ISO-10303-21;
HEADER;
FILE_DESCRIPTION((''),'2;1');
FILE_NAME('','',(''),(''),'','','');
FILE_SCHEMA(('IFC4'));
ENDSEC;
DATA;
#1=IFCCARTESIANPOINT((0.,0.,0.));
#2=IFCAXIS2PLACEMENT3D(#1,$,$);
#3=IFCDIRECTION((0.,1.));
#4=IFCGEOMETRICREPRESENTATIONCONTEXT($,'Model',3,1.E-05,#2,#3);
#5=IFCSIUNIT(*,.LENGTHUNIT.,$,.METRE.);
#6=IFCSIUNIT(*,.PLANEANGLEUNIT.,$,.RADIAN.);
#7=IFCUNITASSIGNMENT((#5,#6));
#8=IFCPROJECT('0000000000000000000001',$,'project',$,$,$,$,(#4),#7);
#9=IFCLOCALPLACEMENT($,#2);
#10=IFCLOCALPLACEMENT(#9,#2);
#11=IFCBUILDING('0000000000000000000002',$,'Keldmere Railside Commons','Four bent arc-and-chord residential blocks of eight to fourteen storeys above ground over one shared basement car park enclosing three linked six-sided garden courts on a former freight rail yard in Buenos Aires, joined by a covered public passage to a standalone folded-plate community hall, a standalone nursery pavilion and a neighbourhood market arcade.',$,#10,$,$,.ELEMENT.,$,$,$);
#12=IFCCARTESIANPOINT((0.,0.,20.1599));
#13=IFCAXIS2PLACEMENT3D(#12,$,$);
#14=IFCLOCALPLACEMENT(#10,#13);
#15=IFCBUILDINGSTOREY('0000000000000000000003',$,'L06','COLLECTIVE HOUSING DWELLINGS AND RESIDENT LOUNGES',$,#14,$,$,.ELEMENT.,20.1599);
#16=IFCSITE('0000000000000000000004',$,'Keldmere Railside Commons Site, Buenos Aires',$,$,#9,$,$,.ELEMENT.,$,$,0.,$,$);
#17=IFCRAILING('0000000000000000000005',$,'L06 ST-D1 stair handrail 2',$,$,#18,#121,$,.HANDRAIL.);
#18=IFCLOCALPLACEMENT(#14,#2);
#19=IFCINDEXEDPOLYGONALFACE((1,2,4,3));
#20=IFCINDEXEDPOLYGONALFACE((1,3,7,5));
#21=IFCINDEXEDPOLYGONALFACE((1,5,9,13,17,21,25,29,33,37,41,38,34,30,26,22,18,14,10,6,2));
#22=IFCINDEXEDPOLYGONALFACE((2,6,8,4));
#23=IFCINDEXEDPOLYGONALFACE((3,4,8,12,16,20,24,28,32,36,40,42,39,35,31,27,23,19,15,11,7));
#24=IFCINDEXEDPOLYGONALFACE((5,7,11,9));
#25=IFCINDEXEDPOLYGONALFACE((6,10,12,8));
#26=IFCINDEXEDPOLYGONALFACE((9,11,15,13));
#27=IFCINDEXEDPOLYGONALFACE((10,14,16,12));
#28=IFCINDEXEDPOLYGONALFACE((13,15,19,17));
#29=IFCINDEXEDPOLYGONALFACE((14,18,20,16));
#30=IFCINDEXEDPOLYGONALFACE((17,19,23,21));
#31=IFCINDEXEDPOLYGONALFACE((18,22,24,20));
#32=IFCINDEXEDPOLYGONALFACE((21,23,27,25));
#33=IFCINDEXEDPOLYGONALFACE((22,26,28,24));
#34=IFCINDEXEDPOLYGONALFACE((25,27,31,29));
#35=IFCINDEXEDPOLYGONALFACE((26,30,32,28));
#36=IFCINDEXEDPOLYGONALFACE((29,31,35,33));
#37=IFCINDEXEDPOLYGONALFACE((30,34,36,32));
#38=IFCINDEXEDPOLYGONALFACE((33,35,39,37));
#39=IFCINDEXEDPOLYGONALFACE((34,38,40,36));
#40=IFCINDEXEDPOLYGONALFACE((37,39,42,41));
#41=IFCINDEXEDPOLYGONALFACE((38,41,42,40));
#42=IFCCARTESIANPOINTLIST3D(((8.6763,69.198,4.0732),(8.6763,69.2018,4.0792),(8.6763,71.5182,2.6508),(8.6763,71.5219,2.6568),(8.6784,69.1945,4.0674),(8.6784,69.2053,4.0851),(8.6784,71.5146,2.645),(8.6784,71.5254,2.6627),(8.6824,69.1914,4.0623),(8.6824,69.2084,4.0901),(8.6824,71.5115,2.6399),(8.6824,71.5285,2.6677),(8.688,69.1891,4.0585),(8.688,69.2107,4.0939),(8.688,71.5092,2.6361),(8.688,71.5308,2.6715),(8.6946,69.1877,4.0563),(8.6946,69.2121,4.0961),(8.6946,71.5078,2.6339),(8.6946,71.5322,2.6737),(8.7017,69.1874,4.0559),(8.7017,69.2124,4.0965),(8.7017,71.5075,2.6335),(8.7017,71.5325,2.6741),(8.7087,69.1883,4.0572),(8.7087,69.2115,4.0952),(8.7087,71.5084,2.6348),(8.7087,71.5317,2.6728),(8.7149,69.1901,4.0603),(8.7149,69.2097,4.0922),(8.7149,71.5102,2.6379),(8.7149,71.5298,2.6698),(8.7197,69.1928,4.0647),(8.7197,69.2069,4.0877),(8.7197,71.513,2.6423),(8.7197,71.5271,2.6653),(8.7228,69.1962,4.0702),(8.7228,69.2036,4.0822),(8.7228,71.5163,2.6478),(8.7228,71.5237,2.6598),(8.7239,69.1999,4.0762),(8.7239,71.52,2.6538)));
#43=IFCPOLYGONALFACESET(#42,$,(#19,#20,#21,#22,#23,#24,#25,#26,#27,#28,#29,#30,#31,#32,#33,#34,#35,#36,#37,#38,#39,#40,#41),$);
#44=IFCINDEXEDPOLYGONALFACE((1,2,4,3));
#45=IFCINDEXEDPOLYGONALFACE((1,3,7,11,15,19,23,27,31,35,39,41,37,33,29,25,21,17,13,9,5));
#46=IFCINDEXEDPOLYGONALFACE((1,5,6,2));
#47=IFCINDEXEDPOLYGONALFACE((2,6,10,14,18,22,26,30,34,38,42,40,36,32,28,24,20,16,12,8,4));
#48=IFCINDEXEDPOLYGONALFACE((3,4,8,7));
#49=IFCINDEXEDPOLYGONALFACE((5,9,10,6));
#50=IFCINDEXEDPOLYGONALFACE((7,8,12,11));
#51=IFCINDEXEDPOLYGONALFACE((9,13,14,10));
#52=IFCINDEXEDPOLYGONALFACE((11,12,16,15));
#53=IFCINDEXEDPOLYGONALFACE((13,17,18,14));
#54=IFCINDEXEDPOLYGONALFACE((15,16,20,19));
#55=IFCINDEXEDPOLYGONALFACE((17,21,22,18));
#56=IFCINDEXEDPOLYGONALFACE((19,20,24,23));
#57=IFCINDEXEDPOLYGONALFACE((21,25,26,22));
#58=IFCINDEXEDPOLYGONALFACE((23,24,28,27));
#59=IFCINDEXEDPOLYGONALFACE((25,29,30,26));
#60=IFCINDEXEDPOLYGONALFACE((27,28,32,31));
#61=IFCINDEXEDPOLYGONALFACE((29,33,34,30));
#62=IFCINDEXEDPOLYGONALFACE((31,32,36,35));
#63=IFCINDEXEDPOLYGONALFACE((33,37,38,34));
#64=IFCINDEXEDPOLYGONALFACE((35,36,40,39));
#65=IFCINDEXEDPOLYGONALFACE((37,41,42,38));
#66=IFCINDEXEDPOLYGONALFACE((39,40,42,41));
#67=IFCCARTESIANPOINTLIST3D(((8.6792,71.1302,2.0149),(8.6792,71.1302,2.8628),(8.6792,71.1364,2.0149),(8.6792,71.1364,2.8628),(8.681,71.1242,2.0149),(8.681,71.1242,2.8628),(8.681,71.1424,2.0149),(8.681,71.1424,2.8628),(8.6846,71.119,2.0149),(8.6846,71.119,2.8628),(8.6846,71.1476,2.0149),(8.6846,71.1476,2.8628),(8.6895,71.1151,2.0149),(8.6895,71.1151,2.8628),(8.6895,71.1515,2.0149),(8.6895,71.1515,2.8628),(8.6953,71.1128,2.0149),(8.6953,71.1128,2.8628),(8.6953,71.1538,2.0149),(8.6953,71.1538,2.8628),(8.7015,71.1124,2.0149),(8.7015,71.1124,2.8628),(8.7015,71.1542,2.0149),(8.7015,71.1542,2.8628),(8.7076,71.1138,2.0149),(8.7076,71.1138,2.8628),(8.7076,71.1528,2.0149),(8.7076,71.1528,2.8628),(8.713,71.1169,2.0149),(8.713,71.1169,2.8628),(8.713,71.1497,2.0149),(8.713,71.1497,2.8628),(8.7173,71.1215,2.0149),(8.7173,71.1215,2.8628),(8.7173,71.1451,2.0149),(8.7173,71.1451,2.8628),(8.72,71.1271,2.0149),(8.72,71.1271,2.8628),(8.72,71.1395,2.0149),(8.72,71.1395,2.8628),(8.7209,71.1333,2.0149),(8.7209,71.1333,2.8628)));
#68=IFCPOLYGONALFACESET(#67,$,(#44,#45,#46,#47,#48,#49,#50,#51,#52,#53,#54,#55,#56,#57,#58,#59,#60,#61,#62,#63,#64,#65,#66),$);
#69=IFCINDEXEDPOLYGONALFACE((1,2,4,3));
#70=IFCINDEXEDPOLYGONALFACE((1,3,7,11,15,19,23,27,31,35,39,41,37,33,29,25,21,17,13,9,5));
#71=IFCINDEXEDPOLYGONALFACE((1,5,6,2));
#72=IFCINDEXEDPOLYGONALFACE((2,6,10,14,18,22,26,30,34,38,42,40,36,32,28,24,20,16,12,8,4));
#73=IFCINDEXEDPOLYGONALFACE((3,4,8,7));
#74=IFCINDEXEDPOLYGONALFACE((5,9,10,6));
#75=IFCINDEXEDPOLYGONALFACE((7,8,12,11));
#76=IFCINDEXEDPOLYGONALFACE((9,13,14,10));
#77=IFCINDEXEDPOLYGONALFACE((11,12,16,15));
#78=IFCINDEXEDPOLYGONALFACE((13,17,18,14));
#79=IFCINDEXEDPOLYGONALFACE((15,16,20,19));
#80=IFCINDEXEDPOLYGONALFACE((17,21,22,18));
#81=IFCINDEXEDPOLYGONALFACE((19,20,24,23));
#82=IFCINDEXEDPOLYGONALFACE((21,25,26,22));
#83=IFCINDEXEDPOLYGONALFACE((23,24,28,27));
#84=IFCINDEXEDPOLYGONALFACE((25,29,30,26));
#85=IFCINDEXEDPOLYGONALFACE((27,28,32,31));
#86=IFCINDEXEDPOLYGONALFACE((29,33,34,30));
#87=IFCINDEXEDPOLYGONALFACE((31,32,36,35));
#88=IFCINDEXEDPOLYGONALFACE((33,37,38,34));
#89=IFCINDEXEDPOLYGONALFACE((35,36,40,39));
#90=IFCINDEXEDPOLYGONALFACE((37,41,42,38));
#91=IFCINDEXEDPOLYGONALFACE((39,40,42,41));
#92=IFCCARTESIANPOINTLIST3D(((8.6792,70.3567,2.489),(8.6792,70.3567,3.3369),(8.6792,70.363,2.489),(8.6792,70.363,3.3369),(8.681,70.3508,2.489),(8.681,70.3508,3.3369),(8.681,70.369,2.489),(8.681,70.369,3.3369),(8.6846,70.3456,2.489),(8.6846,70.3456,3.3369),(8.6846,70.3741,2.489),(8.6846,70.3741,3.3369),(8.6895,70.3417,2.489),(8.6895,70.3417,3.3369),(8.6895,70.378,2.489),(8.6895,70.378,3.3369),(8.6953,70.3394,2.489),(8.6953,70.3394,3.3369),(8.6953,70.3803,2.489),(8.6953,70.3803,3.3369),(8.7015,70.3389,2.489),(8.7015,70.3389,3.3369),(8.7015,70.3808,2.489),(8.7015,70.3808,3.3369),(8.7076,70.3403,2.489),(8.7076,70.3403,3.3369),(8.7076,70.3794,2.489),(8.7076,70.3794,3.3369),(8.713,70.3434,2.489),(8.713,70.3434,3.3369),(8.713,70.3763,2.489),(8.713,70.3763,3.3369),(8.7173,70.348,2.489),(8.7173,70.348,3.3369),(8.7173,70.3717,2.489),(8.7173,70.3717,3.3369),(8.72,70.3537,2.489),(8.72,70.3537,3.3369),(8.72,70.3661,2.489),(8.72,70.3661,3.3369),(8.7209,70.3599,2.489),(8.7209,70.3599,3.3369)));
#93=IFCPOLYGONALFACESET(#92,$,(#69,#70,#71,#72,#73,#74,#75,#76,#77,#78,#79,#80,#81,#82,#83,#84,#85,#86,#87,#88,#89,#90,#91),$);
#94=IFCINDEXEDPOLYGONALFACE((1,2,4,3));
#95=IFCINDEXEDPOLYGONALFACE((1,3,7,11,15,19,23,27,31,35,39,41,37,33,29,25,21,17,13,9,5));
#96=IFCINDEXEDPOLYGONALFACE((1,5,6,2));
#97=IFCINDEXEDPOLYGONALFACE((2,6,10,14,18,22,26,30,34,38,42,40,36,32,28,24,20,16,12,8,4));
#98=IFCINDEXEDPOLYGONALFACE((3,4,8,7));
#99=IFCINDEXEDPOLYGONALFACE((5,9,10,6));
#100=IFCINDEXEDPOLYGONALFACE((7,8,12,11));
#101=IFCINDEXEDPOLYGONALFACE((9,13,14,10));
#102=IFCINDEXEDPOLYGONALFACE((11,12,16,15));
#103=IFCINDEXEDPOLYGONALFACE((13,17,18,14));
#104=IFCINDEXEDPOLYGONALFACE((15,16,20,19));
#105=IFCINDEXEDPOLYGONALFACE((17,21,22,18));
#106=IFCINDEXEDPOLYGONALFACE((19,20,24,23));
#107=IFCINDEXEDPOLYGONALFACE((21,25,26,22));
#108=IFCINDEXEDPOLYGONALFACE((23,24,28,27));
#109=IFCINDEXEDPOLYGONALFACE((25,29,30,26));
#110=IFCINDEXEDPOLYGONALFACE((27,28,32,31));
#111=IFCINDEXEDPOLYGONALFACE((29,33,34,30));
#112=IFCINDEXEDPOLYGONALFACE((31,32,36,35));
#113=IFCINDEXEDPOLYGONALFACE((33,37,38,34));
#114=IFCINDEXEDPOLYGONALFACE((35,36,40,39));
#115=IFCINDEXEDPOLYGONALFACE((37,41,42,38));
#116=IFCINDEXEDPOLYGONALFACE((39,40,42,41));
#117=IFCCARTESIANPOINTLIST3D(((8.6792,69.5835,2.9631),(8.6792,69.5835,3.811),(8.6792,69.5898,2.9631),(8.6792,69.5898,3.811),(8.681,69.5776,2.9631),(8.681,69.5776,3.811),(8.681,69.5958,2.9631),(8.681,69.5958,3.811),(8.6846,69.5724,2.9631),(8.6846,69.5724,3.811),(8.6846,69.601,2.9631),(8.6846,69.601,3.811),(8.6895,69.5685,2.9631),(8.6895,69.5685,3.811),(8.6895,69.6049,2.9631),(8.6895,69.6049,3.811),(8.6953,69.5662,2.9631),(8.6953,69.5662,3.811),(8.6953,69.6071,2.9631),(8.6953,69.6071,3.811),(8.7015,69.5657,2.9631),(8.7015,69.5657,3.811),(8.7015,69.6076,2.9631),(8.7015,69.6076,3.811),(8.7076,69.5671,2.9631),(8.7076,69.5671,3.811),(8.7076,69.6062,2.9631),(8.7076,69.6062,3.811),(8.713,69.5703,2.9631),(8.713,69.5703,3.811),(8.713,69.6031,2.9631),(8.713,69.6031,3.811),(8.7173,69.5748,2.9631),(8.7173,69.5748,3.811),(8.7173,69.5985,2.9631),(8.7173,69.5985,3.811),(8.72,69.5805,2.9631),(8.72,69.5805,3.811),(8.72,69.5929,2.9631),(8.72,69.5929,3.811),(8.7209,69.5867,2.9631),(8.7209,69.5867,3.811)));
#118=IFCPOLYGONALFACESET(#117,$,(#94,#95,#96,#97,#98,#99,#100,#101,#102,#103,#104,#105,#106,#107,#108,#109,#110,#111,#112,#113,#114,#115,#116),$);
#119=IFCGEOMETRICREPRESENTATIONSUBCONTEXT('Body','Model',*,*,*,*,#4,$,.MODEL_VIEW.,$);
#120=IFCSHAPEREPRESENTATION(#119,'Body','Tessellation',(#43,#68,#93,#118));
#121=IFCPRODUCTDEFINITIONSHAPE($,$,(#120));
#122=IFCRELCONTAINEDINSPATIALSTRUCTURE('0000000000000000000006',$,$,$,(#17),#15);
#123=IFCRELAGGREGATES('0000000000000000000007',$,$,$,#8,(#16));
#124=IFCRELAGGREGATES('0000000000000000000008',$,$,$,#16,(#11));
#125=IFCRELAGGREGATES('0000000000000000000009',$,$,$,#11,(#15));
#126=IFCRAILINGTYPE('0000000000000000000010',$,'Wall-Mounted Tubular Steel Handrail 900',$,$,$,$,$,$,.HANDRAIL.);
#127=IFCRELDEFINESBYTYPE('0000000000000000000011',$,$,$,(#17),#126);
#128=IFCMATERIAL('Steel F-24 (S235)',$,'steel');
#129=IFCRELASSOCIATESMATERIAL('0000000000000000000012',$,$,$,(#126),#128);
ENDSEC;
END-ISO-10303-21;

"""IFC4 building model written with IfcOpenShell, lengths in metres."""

from ifc_helpers import new_model, si_unit, direction, frame, origin, origin_2d, place, context, subcontext, project, spatial, circle, extrude, material, type_object, element, save


model = new_model("IFC4")

# Units and contexts
model_context = context("Model", 3, precision=1e-05, world=origin(), true_north=direction((0.0, 1.0)))
body_context = subcontext(model_context, "Body", "Model", "MODEL_VIEW")
ifc_project = project(units=[si_unit("LENGTHUNIT", "METRE"), si_unit("PLANEANGLEUNIT", "RADIAN")], contexts=[model_context])

# Site, building, storey
site_placement = place(None, origin())
site = spatial("IfcSite", under=ifc_project, at=site_placement, Name="Keldmere Railside Commons Site, Buenos Aires", CompositionType="ELEMENT", RefElevation=0.0)
building_placement = place(site_placement, origin())
building = spatial("IfcBuilding", under=site, at=building_placement, Name="Keldmere Railside Commons", Description="Four bent arc-and-chord residential blocks of eight to fourteen storeys above ground over one shared basement car park enclosing three linked six-sided garden courts on a former freight rail yard in Buenos Aires, joined by a covered public passage to a standalone folded-plate community hall, a standalone nursery pavilion and a neighbourhood market arcade.", CompositionType="ELEMENT")
storey_placement = place(building_placement, frame((0.0, 0.0, 20.1599)))
storey = spatial("IfcBuildingStorey", under=building, at=storey_placement, Name="L06", Description="COLLECTIVE HOUSING DWELLINGS AND RESIDENT LOUNGES", CompositionType="ELEMENT", Elevation=20.1599)

# Shared definitions
ifc_material_1 = material(Name="Steel F-24 (S235)", Category="steel")

# Railing
railing_type_1 = type_object("IfcRailingType", Name="Wall-Mounted Tubular Steel Handrail 900", PredefinedType="HANDRAIL", material=ifc_material_1)
railing_1_placement = place(storey_placement, frame((8.7, 71.52, 1.7778)))
element("IfcRailing", 1, at=railing_1_placement, inside=storey, type_object=railing_type_1, Name="L06 ST-D1 stair handrail 2", PredefinedType="HANDRAIL", context=body_context, shape_type="SweptSolid", body=[
    extrude(circle(Radius=0.0239, at=origin_2d()), frame((0.0, 0.0, 0.876), z_axis=(0.0, -0.852538, 0.522665), x_axis=(1.0, 0.0, 0.0)), (0.0, 0.0, 1.0), 2.7214),
    extrude(circle(Radius=0.021, at=origin_2d()), frame((0.0, -0.3867, 0.2371)), (0.0, 0.0, 1.0), 0.8479),
    extrude(circle(Radius=0.021, at=origin_2d()), frame((0.0, -1.1602, 0.7112)), (0.0, 0.0, 1.0), 0.8479),
    extrude(circle(Radius=0.021, at=origin_2d()), frame((0.0, -1.9333, 1.1853)), (0.0, 0.0, 1.0), 0.8479),
])

save(model, "model.ifc")
